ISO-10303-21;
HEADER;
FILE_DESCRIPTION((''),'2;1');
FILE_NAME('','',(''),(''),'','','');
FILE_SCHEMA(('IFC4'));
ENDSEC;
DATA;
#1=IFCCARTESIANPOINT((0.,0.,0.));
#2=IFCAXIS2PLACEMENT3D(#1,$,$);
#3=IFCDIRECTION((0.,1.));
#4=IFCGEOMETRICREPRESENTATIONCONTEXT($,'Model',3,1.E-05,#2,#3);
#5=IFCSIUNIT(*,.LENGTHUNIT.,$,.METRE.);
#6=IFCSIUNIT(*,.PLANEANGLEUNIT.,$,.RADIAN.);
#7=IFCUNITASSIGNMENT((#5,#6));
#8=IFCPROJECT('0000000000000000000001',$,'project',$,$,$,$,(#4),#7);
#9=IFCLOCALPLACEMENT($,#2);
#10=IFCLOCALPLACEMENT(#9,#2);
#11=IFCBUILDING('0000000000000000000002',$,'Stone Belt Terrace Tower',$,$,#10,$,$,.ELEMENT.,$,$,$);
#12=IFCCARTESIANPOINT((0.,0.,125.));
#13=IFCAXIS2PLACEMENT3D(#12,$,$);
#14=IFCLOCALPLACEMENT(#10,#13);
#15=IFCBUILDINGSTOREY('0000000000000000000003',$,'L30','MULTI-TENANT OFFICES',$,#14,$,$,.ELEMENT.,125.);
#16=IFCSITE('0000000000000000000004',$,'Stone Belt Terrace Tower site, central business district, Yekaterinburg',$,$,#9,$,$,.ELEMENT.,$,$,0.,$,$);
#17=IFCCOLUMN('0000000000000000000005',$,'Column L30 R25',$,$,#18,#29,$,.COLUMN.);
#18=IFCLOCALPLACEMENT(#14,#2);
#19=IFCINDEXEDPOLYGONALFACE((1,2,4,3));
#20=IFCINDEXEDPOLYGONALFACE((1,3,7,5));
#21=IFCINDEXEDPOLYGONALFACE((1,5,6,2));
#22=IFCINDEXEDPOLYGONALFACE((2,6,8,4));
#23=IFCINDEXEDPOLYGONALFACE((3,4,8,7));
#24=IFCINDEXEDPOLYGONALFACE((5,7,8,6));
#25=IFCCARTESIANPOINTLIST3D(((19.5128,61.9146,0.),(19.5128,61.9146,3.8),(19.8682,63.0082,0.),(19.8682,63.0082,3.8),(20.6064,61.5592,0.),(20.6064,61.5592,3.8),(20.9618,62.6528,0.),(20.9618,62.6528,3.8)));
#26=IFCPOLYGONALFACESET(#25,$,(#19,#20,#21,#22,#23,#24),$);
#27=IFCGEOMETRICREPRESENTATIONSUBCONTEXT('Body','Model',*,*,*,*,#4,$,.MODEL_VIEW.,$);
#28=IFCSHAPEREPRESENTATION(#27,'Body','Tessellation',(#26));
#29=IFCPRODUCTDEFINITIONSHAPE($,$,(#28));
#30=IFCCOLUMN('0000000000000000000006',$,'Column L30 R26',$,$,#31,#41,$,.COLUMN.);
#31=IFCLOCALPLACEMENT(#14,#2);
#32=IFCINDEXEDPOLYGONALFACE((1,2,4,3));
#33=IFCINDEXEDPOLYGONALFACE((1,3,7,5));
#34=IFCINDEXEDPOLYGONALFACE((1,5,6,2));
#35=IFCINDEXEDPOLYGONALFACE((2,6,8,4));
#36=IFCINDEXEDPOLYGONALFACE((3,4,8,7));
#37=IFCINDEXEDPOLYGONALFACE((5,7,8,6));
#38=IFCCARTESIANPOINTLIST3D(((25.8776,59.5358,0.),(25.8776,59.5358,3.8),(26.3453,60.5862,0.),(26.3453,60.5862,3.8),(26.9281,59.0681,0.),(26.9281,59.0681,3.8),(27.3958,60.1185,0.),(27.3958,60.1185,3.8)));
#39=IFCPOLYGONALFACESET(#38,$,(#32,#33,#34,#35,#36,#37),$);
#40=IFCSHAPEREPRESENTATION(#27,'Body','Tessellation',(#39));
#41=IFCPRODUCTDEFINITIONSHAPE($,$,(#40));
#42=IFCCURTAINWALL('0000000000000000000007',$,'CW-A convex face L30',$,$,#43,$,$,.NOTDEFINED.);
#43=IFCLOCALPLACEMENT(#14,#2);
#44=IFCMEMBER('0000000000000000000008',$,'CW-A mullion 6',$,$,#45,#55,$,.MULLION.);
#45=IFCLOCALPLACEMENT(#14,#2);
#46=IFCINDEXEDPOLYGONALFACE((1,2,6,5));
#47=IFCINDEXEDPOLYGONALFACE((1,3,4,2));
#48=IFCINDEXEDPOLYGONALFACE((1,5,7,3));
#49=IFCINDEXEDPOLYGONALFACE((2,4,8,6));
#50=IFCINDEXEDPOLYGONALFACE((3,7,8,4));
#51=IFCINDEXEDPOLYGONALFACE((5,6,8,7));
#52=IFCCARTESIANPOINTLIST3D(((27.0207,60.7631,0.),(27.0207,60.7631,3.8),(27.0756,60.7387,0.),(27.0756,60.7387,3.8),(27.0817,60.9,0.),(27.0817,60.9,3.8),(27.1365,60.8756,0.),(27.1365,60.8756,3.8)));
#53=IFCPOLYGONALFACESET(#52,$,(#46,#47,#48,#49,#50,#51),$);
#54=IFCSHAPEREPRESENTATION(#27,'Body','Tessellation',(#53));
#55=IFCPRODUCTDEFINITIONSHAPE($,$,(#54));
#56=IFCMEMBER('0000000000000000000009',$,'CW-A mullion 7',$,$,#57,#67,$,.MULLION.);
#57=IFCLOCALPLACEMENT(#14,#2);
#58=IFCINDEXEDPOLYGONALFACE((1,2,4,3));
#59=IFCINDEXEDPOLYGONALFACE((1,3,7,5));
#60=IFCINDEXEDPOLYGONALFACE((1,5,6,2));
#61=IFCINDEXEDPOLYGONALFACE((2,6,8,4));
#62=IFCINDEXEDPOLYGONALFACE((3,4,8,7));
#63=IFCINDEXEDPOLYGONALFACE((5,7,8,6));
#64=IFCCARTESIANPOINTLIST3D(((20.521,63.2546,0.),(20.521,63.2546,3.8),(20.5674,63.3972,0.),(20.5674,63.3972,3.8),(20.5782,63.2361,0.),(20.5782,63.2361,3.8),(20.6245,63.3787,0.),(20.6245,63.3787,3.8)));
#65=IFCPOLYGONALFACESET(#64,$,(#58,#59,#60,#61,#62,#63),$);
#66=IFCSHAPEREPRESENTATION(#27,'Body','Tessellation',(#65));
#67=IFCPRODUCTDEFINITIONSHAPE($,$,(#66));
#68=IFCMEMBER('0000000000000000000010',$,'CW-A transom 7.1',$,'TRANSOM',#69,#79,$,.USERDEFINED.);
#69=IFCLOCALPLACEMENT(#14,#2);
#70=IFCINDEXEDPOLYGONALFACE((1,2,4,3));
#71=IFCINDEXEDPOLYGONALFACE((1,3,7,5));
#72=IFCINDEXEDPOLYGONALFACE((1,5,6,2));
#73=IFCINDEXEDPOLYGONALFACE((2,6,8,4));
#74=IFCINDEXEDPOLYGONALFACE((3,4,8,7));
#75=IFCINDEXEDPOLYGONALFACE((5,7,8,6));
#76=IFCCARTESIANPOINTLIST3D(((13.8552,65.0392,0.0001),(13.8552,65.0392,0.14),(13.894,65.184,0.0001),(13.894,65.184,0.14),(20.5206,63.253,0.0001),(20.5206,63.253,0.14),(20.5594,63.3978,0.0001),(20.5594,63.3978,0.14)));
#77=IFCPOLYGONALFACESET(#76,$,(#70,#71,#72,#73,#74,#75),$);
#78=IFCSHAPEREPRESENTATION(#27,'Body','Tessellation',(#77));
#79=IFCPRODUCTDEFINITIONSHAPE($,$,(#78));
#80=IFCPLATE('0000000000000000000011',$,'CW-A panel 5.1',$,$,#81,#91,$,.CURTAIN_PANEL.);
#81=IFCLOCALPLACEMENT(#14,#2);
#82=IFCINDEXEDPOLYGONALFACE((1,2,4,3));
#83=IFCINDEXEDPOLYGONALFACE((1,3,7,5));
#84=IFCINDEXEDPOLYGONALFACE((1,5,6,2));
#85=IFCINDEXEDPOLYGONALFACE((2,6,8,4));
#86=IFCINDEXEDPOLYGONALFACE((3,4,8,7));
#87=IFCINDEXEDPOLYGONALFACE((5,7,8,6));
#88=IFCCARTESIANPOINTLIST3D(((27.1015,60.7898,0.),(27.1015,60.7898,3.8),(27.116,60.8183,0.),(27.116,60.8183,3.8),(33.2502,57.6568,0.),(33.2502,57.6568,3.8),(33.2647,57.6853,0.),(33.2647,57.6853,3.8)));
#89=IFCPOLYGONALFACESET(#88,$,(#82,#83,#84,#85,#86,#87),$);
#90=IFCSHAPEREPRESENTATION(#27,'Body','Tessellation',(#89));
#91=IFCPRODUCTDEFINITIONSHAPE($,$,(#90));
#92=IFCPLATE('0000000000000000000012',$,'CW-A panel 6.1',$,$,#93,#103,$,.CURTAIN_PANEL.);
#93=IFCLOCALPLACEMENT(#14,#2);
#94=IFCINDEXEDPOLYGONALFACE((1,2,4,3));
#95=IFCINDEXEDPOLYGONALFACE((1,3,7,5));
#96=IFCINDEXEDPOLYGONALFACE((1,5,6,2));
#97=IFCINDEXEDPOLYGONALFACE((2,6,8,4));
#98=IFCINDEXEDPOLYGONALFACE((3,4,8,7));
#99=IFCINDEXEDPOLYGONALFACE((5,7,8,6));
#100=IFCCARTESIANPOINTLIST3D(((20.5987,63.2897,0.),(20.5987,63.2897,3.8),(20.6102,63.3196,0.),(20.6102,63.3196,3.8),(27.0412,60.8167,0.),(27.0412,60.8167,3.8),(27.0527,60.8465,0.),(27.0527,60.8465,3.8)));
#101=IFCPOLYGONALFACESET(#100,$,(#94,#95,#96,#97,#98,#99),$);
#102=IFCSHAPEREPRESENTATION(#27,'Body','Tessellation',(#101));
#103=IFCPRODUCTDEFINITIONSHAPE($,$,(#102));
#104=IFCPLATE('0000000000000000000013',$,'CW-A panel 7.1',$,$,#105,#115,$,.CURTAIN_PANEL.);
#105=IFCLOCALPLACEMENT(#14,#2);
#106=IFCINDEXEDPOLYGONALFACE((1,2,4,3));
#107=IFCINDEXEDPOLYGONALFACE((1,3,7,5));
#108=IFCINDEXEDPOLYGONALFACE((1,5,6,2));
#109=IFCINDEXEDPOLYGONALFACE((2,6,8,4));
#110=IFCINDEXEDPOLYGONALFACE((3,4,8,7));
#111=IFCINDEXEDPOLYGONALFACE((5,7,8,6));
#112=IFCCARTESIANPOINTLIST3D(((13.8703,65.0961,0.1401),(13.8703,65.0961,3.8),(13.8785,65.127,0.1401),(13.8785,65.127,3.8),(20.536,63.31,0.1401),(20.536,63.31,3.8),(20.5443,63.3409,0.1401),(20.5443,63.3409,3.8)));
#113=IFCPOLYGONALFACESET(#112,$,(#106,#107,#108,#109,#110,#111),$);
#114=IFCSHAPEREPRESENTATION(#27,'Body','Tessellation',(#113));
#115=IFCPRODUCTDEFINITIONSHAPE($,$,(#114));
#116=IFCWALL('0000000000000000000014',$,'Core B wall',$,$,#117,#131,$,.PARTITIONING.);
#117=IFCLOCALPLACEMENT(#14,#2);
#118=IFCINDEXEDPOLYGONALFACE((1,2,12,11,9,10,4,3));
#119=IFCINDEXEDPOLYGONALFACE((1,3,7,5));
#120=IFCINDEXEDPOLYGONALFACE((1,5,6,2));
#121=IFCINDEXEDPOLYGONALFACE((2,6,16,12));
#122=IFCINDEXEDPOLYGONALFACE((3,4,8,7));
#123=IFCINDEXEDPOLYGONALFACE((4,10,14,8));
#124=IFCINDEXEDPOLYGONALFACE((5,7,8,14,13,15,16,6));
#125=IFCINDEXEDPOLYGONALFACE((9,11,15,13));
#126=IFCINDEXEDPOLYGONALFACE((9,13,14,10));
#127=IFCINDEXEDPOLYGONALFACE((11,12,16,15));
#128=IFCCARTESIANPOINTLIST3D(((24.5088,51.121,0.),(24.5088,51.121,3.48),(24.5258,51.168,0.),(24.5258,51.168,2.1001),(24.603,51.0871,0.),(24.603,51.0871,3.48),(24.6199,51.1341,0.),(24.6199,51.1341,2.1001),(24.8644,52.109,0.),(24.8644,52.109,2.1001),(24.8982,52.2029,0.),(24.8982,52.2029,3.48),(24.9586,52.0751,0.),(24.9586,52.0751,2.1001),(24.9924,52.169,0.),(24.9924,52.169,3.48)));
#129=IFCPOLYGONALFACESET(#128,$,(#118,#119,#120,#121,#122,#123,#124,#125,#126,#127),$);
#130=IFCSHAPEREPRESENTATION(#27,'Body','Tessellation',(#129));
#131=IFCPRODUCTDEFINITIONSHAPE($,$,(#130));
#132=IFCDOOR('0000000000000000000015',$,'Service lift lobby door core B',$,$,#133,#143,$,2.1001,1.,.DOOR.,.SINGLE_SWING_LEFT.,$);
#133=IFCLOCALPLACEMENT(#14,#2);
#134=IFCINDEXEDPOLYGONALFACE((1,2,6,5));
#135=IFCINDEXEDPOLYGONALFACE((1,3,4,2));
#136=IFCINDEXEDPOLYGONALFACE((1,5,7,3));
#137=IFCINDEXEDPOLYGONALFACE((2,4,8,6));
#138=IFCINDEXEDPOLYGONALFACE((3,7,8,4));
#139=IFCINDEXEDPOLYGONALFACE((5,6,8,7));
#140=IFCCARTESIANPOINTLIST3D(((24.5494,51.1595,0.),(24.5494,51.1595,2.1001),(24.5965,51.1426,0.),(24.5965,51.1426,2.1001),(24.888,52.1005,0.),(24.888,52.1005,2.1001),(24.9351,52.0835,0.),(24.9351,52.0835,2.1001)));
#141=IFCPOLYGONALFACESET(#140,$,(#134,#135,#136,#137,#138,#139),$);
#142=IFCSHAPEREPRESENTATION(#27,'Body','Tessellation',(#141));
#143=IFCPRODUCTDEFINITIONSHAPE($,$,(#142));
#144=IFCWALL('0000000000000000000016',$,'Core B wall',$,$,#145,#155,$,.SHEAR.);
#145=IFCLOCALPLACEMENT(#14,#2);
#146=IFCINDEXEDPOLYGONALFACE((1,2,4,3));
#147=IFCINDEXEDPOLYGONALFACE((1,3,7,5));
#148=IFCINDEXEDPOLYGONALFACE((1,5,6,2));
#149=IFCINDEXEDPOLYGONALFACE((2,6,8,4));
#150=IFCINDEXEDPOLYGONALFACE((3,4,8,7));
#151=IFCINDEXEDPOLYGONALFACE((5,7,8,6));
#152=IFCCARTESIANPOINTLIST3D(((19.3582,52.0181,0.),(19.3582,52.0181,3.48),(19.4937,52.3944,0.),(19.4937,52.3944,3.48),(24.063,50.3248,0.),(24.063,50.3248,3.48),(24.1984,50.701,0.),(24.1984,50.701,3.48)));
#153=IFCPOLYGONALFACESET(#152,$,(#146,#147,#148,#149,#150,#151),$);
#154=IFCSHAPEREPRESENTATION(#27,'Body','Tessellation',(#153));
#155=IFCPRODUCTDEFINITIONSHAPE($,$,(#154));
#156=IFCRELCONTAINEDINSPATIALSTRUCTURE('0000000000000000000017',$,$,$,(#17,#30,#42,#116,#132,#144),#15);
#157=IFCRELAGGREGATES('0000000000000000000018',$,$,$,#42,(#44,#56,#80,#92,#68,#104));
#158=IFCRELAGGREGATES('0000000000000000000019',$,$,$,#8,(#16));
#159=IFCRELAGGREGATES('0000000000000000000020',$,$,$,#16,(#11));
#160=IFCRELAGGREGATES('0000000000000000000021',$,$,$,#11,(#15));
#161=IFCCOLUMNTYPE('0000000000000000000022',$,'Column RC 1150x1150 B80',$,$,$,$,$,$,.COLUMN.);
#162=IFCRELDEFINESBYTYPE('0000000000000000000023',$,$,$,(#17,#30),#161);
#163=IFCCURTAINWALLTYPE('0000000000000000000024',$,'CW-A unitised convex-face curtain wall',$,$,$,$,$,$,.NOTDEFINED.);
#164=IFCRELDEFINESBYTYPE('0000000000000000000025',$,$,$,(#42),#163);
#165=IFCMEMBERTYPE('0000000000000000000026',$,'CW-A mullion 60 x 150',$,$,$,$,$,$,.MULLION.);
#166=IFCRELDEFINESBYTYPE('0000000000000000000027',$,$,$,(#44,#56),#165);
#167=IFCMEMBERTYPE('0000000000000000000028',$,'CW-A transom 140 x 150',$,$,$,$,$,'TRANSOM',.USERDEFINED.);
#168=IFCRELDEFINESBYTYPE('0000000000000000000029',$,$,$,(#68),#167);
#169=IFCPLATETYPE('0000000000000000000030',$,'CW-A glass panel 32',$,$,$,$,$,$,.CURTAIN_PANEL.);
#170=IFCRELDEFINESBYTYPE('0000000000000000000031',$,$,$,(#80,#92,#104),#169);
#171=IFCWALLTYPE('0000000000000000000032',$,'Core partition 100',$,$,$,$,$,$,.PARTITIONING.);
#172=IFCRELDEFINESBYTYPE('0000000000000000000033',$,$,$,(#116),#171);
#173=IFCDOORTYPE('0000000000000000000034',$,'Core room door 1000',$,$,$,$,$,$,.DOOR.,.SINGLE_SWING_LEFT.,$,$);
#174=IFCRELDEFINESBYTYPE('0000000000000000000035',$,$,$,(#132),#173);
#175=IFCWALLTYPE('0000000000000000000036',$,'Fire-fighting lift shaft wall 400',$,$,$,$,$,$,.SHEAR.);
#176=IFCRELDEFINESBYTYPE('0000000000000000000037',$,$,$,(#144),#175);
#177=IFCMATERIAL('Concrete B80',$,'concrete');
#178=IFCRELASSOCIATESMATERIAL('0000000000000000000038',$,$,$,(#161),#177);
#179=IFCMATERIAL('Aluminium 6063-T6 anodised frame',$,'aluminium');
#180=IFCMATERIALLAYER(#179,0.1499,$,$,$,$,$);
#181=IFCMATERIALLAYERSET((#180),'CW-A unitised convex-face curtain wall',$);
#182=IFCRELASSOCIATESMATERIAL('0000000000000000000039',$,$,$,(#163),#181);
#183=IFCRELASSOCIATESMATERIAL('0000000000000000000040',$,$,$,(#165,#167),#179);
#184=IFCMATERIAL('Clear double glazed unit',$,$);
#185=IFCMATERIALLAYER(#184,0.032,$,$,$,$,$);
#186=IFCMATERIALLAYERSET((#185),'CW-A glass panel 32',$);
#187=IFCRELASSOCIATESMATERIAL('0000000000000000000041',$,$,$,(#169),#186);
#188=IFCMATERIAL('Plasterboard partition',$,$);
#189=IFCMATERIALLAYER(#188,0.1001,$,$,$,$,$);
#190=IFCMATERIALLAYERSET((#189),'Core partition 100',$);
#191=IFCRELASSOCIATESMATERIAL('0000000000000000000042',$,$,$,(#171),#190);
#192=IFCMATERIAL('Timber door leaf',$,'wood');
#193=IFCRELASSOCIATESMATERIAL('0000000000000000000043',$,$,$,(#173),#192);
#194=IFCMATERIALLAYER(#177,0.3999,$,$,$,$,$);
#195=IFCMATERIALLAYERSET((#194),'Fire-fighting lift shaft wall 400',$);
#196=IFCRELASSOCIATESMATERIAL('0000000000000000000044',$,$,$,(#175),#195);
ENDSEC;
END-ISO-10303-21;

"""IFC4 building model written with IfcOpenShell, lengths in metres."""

from ifc_helpers import new_model, si_unit, direction, frame, frame_2d, origin, origin_2d, place, context, subcontext, project, spatial, rectangle, extrude, material, layer, layer_set, material_profile, profile_set, type_object, element, fill, aggregate, save


model = new_model("IFC4")

# Units and contexts
model_context = context("Model", 3, precision=1e-05, world=origin(), true_north=direction((0.0, 1.0)))
body_context = subcontext(model_context, "Body", "Model", "MODEL_VIEW")
ifc_project = project(units=[si_unit("LENGTHUNIT", "METRE"), si_unit("PLANEANGLEUNIT", "RADIAN")], contexts=[model_context])

# Site, building, storey
site_placement = place(None, origin())
site = spatial("IfcSite", under=ifc_project, at=site_placement, Name="Stone Belt Terrace Tower site, central business district, Yekaterinburg", CompositionType="ELEMENT", RefElevation=0.0)
building_placement = place(site_placement, origin())
building = spatial("IfcBuilding", under=site, at=building_placement, Name="Stone Belt Terrace Tower", CompositionType="ELEMENT")
storey_placement = place(building_placement, frame((0.0, 0.0, 125.0)))
storey = spatial("IfcBuildingStorey", under=building, at=storey_placement, Name="L30", Description="MULTI-TENANT OFFICES", CompositionType="ELEMENT", Elevation=125.0)

# Columns
ifc_material_1 = material(Name="Concrete B80", Category="concrete")
ifc_material_profile_1 = material_profile(ifc_material_1, rectangle(XDim=1.1499, YDim=1.1499, at=origin_2d()), Name="RC 1150x1150")
ifc_profile_set_1 = profile_set([ifc_material_profile_1], Name="Concrete B80")
column_type = type_object("IfcColumnType", Name="Column RC 1150x1150 B80", PredefinedType="COLUMN", material=ifc_profile_set_1)
for number, where, z_axis, x_axis, name in (
    (1, (20.2373, 62.2837, 0.0), (0.0, 0.0, 1.0), (0.951057, -0.309017, 0.0), "Column L30 R25"),
    (2, (26.6367, 59.8271, 0.0), (0.0, 0.0, 1.0), (0.913545, -0.406737, 0.0), "Column L30 R26"),
):
    element("IfcColumn", number, at=place(storey_placement, frame(where, z_axis=z_axis, x_axis=x_axis)), inside=storey, type_object=column_type, Name=name, PredefinedType="COLUMN", context=body_context, shape_type="SweptSolid", body=[
        extrude(rectangle(XDim=1.1499, YDim=1.1499, at=origin_2d()), origin(), (0.0, 0.0, 1.0), 3.8),
    ])

# Curtain wall, members, plates
ifc_material_2 = material(Name="Aluminium 6063-T6 anodised frame", Category="aluminium")
ifc_layer_1 = layer(ifc_material_2, 0.1499)
ifc_layer_set_1 = layer_set([ifc_layer_1], Name="CW-A unitised convex-face curtain wall")
curtain_wall_type = type_object("IfcCurtainWallType", Name="CW-A unitised convex-face curtain wall", PredefinedType="NOTDEFINED", material=ifc_layer_set_1)
curtain_wall_placement = place(storey_placement, origin())
curtain_wall = element("IfcCurtainWall", 3, at=curtain_wall_placement, inside=storey, type_object=curtain_wall_type, Name="CW-A convex face L30", PredefinedType="NOTDEFINED")
ifc_material_profile_2 = material_profile(ifc_material_2, rectangle(XDim=0.1499, YDim=0.0601, at=origin_2d()), Name="Aluminium 6063-T6 60x150")
ifc_profile_set_2 = profile_set([ifc_material_profile_2], Name="Aluminium 6063-T6 anodised frame")
member_type_1 = type_object("IfcMemberType", Name="CW-A mullion 60 x 150", PredefinedType="MULLION", material=ifc_profile_set_2)
member_1_placement = place(storey_placement, frame((27.0786, 60.8193, 0.0), z_axis=(0.0, 0.0, 1.0), x_axis=(-0.406737, -0.913545, 0.0)))
member_1 = element("IfcMember", 4, at=member_1_placement, type_object=member_type_1, Name="CW-A mullion 6", PredefinedType="MULLION", context=body_context, shape_type="SweptSolid", body=[
    extrude(rectangle(XDim=0.1499, YDim=0.0601, at=origin_2d()), origin(), (0.0, 0.0, 1.0), 3.8),
])
member_2_placement = place(storey_placement, frame((20.5728, 63.3167, 0.0), z_axis=(0.0, 0.0, 1.0), x_axis=(-0.309017, -0.951057, 0.0)))
member_2 = element("IfcMember", 5, at=member_2_placement, type_object=member_type_1, Name="CW-A mullion 7", PredefinedType="MULLION", context=body_context, shape_type="SweptSolid", body=[
    extrude(rectangle(XDim=0.1499, YDim=0.0601, at=origin_2d()), origin(), (0.0, 0.0, 1.0), 3.8),
])
ifc_material_profile_3 = material_profile(ifc_material_2, rectangle(XDim=0.1499, YDim=0.1399, at=origin_2d()), Name="Aluminium 6063-T6 150x140")
ifc_profile_set_3 = profile_set([ifc_material_profile_3], Name="Aluminium 6063-T6 anodised frame")
member_type_2 = type_object("IfcMemberType", Name="CW-A transom 140 x 150", ElementType="TRANSOM", PredefinedType="USERDEFINED", material=ifc_profile_set_3)
member_3_placement = place(storey_placement, frame((20.54, 63.3254, 0.0701), z_axis=(-0.965922, 0.258834, 0.0), x_axis=(-0.258834, -0.965922, 0.0)))
member_3 = element("IfcMember", 6, at=member_3_placement, type_object=member_type_2, Name="CW-A transom 7.1", ObjectType="TRANSOM", PredefinedType="USERDEFINED", context=body_context, shape_type="SweptSolid", body=[
    extrude(rectangle(XDim=0.1499, YDim=0.1399, at=origin_2d()), origin(), (0.0, 0.0, 1.0), 6.9006),
])
ifc_material_3 = material(Name="Clear double glazed unit")
ifc_layer_2 = layer(ifc_material_3, 0.032)
ifc_layer_set_2 = layer_set([ifc_layer_2], Name="CW-A glass panel 32")
plate_type = type_object("IfcPlateType", Name="CW-A glass panel 32", PredefinedType="CURTAIN_PANEL", material=ifc_layer_set_2)
plate_1_placement = place(storey_placement, frame((30.1831, 59.2375, 0.0), z_axis=(0.0, 0.0, 1.0), x_axis=(-0.891007, 0.45399, 0.0)))
plate_1 = element("IfcPlate", 7, at=plate_1_placement, type_object=plate_type, Name="CW-A panel 5.1", PredefinedType="CURTAIN_PANEL", context=body_context, shape_type="SweptSolid", body=[
    extrude(rectangle(XDim=6.9009, YDim=0.032, at=origin_2d()), origin(), (0.0, 0.0, 1.0), 3.8),
])
plate_2_placement = place(storey_placement, frame((23.8257, 62.0681, 0.0), z_axis=(0.0, 0.0, 1.0), x_axis=(-0.93358, 0.358368, 0.0)))
plate_2 = element("IfcPlate", 8, at=plate_2_placement, type_object=plate_type, Name="CW-A panel 6.1", PredefinedType="CURTAIN_PANEL", context=body_context, shape_type="SweptSolid", body=[
    extrude(rectangle(XDim=6.9009, YDim=0.032, at=origin_2d()), origin(), (0.0, 0.0, 1.0), 3.8),
])
plate_3_placement = place(storey_placement, frame((17.2073, 64.2185, 0.1401), z_axis=(0.0, 0.0, 1.0), x_axis=(-0.965926, 0.258819, 0.0)))
plate_3 = element("IfcPlate", 9, at=plate_3_placement, type_object=plate_type, Name="CW-A panel 7.1", PredefinedType="CURTAIN_PANEL", context=body_context, shape_type="SweptSolid", body=[
    extrude(rectangle(XDim=6.9009, YDim=0.032, at=origin_2d()), origin(), (0.0, 0.0, 1.0), 3.6599),
])
aggregate(curtain_wall, [member_1, member_2, plate_1, plate_2, member_3, plate_3])

# Wall, opening, door
ifc_material_4 = material(Name="Plasterboard partition")
ifc_layer_3 = layer(ifc_material_4, 0.1001)
ifc_layer_set_3 = layer_set([ifc_layer_3], Name="Core partition 100")
wall_type_1 = type_object("IfcWallType", Name="Core partition 100", PredefinedType="PARTITIONING", material=ifc_layer_set_3)
wall_1_placement = place(storey_placement, frame((24.5559, 51.104, 0.0), z_axis=(0.0, 0.0, 1.0), x_axis=(0.338622, 0.940923, 0.0)))
wall_1 = element("IfcWall", 10, at=wall_1_placement, inside=storey, type_object=wall_type_1, Name="Core B wall", PredefinedType="PARTITIONING", context=body_context, shape_type="SweptSolid", body=[
    extrude(rectangle(XDim=1.1499, YDim=0.1001, at=frame_2d((0.575, 0.0))), origin(), (0.0, 0.0, 1.0), 3.48),
])
opening_1_placement = place(wall_1_placement, frame((0.05, 0.0, 0.0)))
opening_1 = element("IfcOpeningElement", 11, at=opening_1_placement, cuts=wall_1, PredefinedType="OPENING", context=body_context, shape_type="SweptSolid", body=[
    extrude(rectangle(XDim=1.0, YDim=2.1001, at=frame_2d((0.5, 1.05))), frame((0.0, 0.0601, 0.0), z_axis=(0.0, -1.0, 0.0), x_axis=(1.0, 0.0, 0.0)), (0.0, 0.0, 1.0), 0.1201),
])
ifc_material_5 = material(Name="Timber door leaf", Category="wood")
door_type_1 = type_object("IfcDoorType", Name="Core room door 1000", OperationType="SINGLE_SWING_LEFT", PredefinedType="DOOR", material=ifc_material_5)
door_1_placement = place(opening_1_placement, origin())
door_1 = element("IfcDoor", 12, at=door_1_placement, inside=storey, type_object=door_type_1, Name="Service lift lobby door core B", OperationType="SINGLE_SWING_LEFT", OverallHeight=2.1001, OverallWidth=1.0, PredefinedType="DOOR", context=body_context, shape_type="SweptSolid", body=[
    extrude(rectangle(XDim=1.0, YDim=2.1001, at=frame_2d((0.5, 1.05))), frame((0.0, 0.0249, 0.0), z_axis=(0.0, -1.0, 0.0), x_axis=(1.0, 0.0, 0.0)), (0.0, 0.0, 1.0), 0.05),
])
fill(opening_1, door_1)

# Wall
ifc_layer_4 = layer(ifc_material_1, 0.3999)
ifc_layer_set_4 = layer_set([ifc_layer_4], Name="Fire-fighting lift shaft wall 400")
wall_type_2 = type_object("IfcWallType", Name="Fire-fighting lift shaft wall 400", PredefinedType="SHEAR", material=ifc_layer_set_4)
wall_2_placement = place(storey_placement, frame((24.1306, 50.5129, 0.0), z_axis=(0.0, 0.0, 1.0), x_axis=(-0.940912, 0.338652, 0.0)))
element("IfcWall", 13, at=wall_2_placement, inside=storey, type_object=wall_type_2, Name="Core B wall", PredefinedType="SHEAR", context=body_context, shape_type="SweptSolid", body=[
    extrude(rectangle(XDim=5.0002, YDim=0.3999, at=frame_2d((2.5, 0.0))), origin(), (0.0, 0.0, 1.0), 3.48),
])

save(model, "model.ifc")
